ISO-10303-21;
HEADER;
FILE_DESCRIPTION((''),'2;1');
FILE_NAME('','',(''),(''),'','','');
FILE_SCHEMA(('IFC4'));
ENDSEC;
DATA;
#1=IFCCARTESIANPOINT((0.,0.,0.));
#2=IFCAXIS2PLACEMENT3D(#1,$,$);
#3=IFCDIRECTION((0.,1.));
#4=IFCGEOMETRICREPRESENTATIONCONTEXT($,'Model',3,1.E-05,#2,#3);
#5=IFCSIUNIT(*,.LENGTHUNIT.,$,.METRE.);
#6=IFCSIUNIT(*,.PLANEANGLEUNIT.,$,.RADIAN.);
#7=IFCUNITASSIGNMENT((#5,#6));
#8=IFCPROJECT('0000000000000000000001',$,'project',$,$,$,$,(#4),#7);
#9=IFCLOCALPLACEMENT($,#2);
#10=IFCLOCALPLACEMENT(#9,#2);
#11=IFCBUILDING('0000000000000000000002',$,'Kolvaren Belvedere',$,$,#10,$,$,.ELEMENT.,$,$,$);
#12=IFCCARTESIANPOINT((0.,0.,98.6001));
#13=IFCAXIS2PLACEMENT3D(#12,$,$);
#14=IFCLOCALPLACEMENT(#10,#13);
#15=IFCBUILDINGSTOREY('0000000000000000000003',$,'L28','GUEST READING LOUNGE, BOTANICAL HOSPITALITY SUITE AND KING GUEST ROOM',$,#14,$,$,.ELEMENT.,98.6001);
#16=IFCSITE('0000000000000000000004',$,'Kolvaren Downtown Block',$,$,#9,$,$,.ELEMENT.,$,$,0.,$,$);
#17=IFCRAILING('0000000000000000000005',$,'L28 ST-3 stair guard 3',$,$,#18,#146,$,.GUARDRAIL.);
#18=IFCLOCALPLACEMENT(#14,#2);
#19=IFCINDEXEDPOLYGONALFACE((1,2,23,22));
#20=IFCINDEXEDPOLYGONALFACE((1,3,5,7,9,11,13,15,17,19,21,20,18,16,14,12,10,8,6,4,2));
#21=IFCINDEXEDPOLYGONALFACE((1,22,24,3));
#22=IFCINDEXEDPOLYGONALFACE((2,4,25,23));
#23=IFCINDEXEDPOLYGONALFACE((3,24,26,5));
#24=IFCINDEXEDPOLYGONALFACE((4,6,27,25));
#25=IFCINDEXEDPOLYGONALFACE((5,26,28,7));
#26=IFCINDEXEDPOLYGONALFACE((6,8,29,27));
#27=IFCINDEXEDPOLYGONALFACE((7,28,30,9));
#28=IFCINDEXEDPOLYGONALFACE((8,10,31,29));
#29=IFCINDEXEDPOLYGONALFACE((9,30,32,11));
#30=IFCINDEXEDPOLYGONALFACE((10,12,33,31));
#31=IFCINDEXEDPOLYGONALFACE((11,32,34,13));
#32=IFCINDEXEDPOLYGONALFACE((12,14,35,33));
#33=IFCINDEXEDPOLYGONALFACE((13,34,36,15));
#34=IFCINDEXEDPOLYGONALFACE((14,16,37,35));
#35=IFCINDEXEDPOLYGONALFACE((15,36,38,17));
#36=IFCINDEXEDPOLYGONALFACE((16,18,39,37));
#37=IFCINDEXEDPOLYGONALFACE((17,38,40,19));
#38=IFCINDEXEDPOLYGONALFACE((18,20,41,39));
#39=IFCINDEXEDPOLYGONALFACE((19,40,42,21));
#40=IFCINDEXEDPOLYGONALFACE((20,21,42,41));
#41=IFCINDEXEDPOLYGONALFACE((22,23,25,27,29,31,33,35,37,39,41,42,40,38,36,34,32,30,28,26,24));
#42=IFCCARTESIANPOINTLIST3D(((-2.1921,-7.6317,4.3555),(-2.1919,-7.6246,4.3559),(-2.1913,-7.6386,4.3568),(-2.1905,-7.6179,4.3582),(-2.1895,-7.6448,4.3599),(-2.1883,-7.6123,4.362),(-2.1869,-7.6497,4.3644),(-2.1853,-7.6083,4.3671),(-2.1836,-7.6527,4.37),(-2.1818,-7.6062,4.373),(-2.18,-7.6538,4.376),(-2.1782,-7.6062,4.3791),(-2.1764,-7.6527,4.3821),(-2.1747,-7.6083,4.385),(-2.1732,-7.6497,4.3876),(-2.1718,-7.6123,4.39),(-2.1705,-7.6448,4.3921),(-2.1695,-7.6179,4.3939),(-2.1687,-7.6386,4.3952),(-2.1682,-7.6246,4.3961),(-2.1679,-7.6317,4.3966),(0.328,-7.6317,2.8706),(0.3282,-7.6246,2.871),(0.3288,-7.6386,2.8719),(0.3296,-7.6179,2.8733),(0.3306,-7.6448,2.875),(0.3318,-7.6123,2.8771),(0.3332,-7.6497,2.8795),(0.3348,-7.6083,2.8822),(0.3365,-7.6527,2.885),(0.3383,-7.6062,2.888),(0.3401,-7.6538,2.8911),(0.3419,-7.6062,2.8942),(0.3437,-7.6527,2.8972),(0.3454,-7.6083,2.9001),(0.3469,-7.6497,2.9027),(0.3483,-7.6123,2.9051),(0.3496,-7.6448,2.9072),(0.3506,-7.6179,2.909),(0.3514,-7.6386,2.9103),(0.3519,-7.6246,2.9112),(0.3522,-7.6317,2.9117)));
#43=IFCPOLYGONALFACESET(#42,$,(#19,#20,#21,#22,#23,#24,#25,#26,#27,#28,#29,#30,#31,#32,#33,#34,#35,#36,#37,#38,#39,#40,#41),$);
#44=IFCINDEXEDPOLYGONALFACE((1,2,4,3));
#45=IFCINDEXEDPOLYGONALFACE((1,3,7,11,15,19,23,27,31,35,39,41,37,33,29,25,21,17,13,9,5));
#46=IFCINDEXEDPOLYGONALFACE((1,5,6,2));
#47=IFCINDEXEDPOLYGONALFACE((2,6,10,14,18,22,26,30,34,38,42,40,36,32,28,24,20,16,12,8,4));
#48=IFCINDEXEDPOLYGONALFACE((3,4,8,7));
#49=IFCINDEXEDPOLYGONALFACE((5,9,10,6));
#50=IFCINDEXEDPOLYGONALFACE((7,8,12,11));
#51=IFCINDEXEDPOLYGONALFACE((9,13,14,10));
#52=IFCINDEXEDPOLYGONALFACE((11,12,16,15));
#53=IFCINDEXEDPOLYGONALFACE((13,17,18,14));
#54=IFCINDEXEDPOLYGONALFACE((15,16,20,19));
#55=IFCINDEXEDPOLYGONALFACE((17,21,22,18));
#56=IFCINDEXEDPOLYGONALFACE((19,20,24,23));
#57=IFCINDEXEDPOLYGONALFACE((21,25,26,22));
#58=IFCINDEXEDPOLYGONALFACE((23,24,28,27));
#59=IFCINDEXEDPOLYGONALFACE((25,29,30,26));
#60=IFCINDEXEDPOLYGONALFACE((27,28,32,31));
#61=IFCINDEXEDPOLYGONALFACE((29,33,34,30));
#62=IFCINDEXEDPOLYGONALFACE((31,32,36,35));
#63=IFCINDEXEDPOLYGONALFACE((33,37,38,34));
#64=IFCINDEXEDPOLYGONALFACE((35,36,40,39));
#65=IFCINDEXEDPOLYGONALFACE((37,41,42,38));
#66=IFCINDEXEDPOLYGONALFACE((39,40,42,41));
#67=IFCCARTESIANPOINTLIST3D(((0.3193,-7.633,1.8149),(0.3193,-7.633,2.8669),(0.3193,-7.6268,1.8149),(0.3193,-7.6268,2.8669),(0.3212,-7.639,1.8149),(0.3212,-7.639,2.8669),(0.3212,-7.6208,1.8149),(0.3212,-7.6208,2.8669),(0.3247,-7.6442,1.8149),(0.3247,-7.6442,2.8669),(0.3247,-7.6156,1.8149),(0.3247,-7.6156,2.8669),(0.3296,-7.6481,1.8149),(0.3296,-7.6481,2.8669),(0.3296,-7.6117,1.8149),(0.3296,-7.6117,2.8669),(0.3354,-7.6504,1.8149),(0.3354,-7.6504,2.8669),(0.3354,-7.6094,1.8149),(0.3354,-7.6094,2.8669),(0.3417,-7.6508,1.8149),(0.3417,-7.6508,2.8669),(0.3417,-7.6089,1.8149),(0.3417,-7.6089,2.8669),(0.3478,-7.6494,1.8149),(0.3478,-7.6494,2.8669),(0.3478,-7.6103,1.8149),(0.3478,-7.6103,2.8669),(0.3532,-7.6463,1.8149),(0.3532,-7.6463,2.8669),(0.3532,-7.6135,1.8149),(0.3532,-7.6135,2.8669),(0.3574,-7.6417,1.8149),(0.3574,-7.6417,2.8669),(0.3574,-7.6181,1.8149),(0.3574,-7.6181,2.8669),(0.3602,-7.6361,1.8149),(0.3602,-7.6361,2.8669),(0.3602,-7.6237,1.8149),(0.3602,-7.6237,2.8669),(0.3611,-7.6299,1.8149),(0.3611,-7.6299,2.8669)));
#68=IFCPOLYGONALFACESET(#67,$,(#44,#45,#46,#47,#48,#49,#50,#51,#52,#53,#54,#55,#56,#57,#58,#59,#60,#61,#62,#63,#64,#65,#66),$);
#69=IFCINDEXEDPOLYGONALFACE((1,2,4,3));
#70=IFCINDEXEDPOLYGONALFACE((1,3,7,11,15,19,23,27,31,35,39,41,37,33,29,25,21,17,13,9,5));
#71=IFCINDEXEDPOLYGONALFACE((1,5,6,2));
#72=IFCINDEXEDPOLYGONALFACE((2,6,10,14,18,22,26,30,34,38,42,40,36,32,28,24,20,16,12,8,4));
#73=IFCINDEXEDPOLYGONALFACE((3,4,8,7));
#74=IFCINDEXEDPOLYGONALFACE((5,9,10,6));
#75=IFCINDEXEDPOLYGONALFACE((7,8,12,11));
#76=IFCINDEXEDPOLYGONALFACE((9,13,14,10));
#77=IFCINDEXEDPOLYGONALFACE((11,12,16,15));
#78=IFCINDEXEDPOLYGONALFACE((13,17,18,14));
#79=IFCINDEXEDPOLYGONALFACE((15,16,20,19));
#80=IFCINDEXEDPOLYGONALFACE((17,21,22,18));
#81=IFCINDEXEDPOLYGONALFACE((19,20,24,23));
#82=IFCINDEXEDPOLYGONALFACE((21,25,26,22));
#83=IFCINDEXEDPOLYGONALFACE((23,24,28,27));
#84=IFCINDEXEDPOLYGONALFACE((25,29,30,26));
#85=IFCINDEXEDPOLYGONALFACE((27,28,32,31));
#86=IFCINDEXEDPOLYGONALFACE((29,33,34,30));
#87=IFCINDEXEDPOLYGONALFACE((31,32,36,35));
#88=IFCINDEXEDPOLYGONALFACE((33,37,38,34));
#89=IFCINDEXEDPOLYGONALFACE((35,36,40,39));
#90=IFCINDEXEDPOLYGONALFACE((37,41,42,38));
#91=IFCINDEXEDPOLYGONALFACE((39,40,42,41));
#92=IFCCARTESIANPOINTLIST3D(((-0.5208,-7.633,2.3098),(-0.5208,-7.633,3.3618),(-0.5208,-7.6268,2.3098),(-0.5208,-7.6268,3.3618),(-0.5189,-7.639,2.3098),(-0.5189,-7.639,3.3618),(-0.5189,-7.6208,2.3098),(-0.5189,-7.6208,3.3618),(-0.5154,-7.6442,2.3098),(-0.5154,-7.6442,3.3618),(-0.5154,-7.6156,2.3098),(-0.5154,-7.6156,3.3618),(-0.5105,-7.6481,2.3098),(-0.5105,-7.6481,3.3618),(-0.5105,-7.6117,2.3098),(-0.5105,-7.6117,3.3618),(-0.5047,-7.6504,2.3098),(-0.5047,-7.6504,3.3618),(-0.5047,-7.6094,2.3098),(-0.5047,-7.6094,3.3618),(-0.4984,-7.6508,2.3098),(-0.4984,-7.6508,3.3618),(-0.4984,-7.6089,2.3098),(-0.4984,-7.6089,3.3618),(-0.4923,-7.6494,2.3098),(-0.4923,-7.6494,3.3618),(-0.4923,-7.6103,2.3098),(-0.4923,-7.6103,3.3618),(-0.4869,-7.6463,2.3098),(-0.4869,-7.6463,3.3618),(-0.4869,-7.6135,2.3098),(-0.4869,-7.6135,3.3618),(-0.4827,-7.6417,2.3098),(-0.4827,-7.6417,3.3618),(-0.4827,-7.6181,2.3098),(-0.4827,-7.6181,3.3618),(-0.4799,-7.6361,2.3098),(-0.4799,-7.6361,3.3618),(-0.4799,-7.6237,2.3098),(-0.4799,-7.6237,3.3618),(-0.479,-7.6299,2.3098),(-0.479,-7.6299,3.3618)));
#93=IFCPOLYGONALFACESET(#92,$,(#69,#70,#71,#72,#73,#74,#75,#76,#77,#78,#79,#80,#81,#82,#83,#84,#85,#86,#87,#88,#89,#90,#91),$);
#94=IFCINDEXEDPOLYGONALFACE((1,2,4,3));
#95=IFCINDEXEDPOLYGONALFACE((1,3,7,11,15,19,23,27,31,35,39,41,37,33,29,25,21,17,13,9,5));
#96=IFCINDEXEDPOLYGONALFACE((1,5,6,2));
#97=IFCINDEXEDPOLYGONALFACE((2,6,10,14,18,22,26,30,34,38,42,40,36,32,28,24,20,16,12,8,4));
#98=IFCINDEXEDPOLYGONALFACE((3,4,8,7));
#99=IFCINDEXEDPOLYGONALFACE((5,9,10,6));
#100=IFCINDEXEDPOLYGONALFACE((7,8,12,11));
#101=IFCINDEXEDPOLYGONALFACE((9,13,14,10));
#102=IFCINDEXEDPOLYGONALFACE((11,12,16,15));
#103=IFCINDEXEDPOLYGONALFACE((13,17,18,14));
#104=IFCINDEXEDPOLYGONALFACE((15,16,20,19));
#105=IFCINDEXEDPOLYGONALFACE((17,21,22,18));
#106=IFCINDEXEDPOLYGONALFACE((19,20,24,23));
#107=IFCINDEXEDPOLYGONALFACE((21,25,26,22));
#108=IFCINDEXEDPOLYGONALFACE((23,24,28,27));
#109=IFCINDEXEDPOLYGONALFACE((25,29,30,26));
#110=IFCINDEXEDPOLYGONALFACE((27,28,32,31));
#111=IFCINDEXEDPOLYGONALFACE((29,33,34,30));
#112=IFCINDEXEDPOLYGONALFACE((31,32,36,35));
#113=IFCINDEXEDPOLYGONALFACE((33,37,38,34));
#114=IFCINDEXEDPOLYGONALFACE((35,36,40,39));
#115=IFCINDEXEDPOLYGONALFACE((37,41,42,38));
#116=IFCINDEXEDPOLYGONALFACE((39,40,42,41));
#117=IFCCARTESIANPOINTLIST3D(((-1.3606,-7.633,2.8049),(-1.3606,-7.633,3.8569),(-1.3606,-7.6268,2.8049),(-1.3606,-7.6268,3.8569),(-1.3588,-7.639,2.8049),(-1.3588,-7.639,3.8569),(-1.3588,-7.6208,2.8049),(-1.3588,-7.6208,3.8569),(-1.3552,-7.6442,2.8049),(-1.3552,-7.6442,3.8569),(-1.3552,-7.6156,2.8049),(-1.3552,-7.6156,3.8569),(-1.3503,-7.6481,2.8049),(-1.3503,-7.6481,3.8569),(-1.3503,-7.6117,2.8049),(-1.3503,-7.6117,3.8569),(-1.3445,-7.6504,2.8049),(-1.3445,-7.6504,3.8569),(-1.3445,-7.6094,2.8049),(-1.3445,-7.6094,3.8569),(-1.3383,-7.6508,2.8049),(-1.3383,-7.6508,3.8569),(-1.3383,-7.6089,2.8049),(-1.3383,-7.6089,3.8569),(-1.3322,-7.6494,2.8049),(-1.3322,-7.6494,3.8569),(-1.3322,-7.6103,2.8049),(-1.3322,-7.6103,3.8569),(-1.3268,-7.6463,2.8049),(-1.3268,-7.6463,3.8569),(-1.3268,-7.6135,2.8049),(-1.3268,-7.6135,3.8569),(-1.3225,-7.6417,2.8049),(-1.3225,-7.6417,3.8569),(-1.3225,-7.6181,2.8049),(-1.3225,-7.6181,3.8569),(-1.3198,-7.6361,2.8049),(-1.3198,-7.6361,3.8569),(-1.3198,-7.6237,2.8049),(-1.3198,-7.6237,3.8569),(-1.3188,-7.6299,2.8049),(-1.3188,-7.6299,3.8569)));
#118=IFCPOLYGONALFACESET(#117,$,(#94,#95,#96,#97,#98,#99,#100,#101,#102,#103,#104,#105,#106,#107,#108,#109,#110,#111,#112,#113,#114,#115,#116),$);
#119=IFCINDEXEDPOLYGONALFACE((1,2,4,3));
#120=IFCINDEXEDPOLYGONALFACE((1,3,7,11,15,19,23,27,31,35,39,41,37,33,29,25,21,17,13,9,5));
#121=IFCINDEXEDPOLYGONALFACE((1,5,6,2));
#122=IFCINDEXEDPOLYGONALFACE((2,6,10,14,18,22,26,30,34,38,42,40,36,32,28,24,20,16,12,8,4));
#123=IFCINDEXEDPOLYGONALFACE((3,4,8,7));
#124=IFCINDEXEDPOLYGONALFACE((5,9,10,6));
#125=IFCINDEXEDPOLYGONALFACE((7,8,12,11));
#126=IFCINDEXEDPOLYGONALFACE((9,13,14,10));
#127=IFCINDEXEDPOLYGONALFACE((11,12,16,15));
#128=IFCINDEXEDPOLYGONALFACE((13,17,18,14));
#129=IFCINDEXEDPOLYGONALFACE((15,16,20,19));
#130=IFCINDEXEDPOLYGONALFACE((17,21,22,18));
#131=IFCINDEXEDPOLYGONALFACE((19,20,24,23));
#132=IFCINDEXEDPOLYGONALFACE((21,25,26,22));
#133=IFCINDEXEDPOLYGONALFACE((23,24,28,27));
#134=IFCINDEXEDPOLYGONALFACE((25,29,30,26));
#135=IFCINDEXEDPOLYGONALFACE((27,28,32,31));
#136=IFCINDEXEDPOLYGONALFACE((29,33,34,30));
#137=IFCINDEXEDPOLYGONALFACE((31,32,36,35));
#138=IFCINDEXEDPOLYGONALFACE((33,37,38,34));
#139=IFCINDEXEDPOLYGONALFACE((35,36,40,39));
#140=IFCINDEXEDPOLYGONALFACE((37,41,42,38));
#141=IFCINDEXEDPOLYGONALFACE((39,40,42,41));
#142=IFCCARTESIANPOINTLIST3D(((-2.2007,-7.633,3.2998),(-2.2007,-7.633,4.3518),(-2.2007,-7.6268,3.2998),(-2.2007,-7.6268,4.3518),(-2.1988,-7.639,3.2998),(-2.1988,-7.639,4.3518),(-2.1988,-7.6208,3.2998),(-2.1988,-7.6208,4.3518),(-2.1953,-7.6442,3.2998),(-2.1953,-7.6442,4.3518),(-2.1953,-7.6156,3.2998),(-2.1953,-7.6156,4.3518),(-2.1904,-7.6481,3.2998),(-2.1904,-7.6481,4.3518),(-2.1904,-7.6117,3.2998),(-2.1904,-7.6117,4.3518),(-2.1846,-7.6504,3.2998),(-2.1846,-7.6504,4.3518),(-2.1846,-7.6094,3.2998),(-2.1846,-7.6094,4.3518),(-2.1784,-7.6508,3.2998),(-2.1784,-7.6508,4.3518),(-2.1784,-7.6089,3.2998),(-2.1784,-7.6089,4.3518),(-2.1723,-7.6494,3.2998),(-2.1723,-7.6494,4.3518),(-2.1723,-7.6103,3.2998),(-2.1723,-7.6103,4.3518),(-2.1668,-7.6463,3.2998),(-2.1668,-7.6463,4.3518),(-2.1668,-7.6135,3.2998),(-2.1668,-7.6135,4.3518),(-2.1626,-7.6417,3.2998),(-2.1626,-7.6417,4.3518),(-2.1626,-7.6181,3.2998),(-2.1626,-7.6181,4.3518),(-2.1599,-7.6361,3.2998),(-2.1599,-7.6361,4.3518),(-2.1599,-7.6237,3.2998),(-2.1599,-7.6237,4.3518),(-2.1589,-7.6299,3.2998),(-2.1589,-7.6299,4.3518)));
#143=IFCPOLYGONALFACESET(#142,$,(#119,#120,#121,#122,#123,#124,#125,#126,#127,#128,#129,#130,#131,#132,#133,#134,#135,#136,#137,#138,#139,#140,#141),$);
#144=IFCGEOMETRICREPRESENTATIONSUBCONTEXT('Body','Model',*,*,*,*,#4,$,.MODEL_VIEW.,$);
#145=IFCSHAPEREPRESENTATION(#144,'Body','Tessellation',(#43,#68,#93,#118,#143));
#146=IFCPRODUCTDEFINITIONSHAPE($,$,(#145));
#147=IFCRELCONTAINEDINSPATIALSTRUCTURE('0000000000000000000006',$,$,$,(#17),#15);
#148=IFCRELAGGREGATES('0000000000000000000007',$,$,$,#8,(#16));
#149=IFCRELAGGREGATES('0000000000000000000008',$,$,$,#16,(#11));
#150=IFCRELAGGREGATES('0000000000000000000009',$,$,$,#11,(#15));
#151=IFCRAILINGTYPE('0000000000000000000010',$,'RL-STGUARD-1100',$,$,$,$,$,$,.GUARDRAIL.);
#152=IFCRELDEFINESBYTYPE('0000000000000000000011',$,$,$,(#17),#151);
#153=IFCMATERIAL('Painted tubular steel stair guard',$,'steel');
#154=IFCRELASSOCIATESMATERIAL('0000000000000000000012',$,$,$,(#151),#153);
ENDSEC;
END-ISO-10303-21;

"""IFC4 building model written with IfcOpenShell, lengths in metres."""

from ifc_helpers import new_model, si_unit, direction, frame, origin, origin_2d, place, context, subcontext, project, spatial, circle, extrude, material, type_object, element, save


model = new_model("IFC4")

# Units and contexts
model_context = context("Model", 3, precision=1e-05, world=origin(), true_north=direction((0.0, 1.0)))
body_context = subcontext(model_context, "Body", "Model", "MODEL_VIEW")
ifc_project = project(units=[si_unit("LENGTHUNIT", "METRE"), si_unit("PLANEANGLEUNIT", "RADIAN")], contexts=[model_context])

# Site, building, storey
site_placement = place(None, origin())
site = spatial("IfcSite", under=ifc_project, at=site_placement, Name="Kolvaren Downtown Block", CompositionType="ELEMENT", RefElevation=0.0)
building_placement = place(site_placement, origin())
building = spatial("IfcBuilding", under=site, at=building_placement, Name="Kolvaren Belvedere", CompositionType="ELEMENT")
storey_placement = place(building_placement, frame((0.0, 0.0, 98.6001)))
storey = spatial("IfcBuildingStorey", under=building, at=storey_placement, Name="L28", Description="GUEST READING LOUNGE, BOTANICAL HOSPITALITY SUITE AND KING GUEST ROOM", CompositionType="ELEMENT", Elevation=98.6001)

# Railing
ifc_material_1 = material(Name="Painted tubular steel stair guard", Category="steel")
railing_type_1 = type_object("IfcRailingType", Name="RL-STGUARD-1100", PredefinedType="GUARDRAIL", material=ifc_material_1)
railing_1_placement = place(storey_placement, frame((0.3401, -7.6299, 1.8149)))
element("IfcRailing", 1, at=railing_1_placement, inside=storey, type_object=railing_type_1, Name="L28 ST-3 stair guard 3", PredefinedType="GUARDRAIL", context=body_context, shape_type="SweptSolid", body=[
    extrude(circle(Radius=0.0239, at=origin_2d()), frame((0.0, 0.0, 1.0762), z_axis=(-0.861561, 0.0, 0.507655), x_axis=(0.0, -1.0, 0.0)), (0.0, 0.0, 1.0), 2.925),
    extrude(circle(Radius=0.021, at=origin_2d()), origin(), (0.0, 0.0, 1.0), 1.052),
    extrude(circle(Radius=0.021, at=origin_2d()), frame((-0.8401, 0.0, 0.4949)), (0.0, 0.0, 1.0), 1.052),
    extrude(circle(Radius=0.021, at=origin_2d()), frame((-1.6799, 0.0, 0.99)), (0.0, 0.0, 1.0), 1.052),
    extrude(circle(Radius=0.021, at=origin_2d()), frame((-2.52, 0.0, 1.4849)), (0.0, 0.0, 1.0), 1.052),
])

save(model, "model.ifc")
